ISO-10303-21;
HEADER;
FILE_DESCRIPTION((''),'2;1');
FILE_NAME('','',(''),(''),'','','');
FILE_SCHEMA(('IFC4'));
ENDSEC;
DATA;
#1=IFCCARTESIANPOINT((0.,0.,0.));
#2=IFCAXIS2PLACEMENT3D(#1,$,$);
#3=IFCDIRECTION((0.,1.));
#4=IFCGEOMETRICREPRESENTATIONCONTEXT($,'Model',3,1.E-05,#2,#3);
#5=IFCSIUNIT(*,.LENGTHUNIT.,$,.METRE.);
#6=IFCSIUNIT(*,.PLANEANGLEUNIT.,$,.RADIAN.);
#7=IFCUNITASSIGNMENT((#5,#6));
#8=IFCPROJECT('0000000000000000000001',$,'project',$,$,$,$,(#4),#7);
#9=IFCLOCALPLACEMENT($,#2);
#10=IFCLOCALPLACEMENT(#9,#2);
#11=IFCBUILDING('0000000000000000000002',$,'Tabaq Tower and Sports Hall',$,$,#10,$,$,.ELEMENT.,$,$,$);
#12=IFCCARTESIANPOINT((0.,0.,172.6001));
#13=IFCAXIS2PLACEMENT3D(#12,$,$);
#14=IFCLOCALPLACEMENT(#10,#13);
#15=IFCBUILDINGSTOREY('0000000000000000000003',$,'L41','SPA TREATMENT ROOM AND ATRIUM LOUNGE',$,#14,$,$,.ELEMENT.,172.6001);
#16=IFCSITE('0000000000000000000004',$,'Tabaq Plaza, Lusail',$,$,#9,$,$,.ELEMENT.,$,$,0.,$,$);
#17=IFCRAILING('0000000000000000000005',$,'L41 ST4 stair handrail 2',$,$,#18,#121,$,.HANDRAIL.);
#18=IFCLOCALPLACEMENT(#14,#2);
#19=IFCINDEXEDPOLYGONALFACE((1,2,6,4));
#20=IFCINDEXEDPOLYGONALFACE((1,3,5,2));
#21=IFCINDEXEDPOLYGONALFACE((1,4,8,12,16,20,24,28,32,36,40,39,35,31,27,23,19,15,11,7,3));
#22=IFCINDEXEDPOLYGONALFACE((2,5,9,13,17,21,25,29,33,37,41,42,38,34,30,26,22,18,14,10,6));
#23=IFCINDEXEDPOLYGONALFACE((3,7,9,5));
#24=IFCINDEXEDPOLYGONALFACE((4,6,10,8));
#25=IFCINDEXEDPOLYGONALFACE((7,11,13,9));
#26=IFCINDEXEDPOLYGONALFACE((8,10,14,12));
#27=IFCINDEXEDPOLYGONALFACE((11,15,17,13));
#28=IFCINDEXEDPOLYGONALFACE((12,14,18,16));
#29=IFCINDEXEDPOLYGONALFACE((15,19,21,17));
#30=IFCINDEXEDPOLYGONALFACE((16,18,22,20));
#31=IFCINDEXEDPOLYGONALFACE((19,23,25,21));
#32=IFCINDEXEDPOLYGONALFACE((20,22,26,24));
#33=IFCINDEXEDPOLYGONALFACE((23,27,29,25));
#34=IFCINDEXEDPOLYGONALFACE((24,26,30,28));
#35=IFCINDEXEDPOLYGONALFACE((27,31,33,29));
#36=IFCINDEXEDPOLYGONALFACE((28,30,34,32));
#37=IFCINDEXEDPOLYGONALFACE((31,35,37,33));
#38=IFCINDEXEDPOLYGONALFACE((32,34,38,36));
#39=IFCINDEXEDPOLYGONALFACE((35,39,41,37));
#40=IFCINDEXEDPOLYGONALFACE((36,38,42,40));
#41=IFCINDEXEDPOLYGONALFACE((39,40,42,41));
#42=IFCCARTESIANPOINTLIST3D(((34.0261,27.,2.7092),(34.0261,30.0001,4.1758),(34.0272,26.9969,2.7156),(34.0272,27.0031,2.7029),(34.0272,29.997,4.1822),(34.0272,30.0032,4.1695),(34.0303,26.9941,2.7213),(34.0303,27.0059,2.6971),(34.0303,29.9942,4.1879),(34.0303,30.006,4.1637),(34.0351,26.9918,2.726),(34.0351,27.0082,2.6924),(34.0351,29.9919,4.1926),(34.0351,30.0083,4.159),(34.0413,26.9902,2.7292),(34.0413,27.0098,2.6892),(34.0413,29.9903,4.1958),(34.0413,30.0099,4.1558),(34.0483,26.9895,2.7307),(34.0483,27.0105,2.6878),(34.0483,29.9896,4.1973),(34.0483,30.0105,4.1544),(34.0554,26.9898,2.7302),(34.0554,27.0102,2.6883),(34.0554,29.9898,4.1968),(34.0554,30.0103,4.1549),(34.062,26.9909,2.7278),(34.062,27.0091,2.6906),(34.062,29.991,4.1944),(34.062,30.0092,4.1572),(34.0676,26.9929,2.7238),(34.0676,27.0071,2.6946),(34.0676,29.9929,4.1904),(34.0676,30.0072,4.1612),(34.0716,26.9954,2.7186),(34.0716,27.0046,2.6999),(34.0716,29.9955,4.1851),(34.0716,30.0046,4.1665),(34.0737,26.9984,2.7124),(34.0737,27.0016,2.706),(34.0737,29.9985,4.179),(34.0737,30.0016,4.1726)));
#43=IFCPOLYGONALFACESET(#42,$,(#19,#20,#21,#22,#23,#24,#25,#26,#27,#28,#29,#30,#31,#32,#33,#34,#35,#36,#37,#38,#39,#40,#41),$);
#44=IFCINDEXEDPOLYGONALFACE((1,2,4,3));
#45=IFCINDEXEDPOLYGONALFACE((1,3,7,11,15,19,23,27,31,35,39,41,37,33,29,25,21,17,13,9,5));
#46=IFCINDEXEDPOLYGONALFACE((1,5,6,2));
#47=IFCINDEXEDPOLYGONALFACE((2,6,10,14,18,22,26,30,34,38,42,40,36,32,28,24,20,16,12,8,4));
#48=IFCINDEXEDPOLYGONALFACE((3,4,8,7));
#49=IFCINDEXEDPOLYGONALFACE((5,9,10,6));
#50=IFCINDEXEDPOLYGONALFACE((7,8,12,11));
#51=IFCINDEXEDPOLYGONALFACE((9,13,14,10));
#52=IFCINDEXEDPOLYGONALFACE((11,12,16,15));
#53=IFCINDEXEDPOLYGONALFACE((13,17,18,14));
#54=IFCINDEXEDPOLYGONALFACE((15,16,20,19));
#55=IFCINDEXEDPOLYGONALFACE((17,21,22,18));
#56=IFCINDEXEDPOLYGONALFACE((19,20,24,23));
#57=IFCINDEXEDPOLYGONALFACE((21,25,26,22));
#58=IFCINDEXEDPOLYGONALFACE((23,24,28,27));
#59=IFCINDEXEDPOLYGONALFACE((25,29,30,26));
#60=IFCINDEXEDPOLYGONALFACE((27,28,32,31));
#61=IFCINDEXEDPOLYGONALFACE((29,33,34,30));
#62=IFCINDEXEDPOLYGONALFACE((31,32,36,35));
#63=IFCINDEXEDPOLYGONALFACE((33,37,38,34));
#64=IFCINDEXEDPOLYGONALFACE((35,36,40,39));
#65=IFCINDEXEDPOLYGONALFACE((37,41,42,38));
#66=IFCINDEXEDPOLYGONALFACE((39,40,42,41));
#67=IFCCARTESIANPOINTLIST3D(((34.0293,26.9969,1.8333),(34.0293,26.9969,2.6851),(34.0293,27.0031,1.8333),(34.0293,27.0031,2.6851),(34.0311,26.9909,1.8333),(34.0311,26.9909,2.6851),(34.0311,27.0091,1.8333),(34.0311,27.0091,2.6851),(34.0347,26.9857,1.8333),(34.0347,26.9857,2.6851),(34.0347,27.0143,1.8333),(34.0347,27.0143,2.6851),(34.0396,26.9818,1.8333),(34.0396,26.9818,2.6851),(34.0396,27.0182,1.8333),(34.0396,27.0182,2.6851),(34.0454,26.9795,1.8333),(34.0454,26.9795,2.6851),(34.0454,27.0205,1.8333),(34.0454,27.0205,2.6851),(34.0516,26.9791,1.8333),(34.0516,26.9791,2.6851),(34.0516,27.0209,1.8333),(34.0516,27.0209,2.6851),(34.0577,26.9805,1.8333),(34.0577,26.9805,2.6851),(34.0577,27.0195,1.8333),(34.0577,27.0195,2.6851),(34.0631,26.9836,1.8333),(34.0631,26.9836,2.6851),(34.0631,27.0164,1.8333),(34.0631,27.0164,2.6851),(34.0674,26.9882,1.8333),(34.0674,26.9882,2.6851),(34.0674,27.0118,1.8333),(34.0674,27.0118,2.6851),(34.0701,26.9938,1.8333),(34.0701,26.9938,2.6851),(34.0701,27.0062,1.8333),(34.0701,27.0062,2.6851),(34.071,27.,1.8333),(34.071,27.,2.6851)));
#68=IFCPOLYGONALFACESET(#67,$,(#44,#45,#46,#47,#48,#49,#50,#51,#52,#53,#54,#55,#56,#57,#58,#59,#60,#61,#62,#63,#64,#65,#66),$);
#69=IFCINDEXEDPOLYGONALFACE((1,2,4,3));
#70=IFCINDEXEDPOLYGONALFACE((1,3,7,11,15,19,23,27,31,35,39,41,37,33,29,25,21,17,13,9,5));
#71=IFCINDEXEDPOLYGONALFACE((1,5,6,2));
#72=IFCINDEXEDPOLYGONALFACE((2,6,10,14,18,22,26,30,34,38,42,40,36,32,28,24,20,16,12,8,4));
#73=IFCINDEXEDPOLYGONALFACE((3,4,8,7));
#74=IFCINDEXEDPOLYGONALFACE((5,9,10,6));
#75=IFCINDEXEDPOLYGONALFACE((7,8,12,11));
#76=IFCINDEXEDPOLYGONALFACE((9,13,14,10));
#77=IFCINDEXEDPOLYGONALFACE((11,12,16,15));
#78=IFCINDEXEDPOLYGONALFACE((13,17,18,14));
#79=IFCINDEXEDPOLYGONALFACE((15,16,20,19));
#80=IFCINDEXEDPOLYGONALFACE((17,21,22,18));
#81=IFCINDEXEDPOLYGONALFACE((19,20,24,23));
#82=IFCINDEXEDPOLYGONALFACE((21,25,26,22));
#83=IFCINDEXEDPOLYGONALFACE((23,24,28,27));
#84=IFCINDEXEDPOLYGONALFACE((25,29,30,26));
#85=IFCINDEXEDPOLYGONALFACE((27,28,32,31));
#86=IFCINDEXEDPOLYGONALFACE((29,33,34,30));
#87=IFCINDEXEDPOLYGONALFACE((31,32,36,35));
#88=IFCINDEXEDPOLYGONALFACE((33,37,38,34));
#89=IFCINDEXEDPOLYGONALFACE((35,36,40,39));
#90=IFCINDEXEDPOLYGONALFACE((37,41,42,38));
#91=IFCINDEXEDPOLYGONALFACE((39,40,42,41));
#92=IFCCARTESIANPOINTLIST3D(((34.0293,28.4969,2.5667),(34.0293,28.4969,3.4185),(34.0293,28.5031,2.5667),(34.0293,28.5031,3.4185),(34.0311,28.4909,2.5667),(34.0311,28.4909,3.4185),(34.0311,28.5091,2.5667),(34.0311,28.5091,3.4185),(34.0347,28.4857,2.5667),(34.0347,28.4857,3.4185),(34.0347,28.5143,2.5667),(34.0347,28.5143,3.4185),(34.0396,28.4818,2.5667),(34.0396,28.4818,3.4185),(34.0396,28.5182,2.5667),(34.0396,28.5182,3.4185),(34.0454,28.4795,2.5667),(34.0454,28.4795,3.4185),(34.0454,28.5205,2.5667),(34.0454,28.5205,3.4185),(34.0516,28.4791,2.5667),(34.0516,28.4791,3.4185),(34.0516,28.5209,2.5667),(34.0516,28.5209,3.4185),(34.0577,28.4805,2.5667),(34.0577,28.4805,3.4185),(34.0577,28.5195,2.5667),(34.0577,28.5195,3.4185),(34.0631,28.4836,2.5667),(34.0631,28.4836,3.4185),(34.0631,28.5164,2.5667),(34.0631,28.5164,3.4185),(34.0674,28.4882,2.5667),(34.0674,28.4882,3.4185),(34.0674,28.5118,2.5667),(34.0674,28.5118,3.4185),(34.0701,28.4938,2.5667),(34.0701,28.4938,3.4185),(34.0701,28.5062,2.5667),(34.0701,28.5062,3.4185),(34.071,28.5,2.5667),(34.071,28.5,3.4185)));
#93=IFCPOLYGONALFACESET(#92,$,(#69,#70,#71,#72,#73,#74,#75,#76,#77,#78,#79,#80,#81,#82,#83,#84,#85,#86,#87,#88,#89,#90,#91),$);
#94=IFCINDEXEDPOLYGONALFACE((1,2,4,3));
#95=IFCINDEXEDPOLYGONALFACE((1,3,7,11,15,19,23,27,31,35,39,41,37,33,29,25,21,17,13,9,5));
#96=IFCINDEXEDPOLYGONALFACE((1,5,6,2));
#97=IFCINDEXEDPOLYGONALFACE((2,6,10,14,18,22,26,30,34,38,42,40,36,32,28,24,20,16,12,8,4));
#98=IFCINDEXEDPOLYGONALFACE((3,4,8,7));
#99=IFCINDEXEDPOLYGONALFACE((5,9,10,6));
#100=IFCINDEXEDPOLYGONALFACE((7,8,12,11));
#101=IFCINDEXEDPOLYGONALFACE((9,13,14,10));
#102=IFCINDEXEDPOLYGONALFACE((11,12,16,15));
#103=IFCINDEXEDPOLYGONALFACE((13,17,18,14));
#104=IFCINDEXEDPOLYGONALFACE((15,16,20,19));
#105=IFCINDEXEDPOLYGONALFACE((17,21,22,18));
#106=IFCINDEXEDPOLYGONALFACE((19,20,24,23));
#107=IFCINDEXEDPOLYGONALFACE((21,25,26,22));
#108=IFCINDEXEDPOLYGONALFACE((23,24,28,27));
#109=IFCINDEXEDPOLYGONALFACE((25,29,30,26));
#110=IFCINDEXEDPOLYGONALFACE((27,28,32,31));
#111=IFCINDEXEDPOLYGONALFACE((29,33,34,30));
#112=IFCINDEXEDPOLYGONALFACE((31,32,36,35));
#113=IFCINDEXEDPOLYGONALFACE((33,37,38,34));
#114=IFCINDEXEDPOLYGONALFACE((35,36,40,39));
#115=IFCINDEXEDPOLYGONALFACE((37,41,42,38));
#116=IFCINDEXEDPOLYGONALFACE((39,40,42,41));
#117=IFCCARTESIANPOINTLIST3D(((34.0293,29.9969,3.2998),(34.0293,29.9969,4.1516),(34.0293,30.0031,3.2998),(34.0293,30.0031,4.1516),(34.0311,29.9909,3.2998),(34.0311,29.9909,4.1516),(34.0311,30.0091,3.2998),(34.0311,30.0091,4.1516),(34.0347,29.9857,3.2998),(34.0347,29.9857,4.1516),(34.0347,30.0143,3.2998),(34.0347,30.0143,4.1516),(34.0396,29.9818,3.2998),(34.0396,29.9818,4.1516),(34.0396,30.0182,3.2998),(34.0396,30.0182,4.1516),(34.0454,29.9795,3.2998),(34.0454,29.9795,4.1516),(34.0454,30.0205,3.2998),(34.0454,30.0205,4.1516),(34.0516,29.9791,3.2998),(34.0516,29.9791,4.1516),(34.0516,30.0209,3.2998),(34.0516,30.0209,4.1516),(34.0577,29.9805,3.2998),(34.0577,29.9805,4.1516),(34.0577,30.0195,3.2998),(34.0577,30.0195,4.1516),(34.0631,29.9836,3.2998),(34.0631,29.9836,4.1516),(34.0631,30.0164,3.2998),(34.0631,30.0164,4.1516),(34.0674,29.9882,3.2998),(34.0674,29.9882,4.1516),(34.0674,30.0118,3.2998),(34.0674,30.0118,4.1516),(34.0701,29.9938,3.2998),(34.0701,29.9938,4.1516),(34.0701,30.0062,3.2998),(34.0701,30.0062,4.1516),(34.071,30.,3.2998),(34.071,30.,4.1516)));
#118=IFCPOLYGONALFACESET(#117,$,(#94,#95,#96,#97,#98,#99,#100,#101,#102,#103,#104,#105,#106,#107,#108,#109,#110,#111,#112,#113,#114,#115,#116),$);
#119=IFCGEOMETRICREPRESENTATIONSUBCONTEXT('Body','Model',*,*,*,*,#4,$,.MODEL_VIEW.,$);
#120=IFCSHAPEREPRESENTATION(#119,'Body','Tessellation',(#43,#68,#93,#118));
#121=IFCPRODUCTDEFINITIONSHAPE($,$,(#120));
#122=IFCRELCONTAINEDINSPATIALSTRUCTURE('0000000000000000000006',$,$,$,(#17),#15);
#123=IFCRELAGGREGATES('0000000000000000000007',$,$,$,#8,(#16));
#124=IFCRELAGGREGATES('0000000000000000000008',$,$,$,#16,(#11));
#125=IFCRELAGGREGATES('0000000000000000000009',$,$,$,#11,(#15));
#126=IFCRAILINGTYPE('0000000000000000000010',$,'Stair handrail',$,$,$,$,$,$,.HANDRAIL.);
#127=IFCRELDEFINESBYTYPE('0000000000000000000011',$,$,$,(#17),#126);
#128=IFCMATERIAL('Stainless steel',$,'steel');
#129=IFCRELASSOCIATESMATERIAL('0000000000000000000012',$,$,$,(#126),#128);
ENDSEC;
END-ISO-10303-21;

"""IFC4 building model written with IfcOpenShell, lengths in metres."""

from ifc_helpers import new_model, si_unit, direction, frame, origin, origin_2d, place, context, subcontext, project, spatial, circle, extrude, material, type_object, element, save


model = new_model("IFC4")

# Units and contexts
model_context = context("Model", 3, precision=1e-05, world=origin(), true_north=direction((0.0, 1.0)))
body_context = subcontext(model_context, "Body", "Model", "MODEL_VIEW")
ifc_project = project(units=[si_unit("LENGTHUNIT", "METRE"), si_unit("PLANEANGLEUNIT", "RADIAN")], contexts=[model_context])

# Site, building, storey
site_placement = place(None, origin())
site = spatial("IfcSite", under=ifc_project, at=site_placement, Name="Tabaq Plaza, Lusail", CompositionType="ELEMENT", RefElevation=0.0)
building_placement = place(site_placement, origin())
building = spatial("IfcBuilding", under=site, at=building_placement, Name="Tabaq Tower and Sports Hall", CompositionType="ELEMENT")
storey_placement = place(building_placement, frame((0.0, 0.0, 172.6001)))
storey = spatial("IfcBuildingStorey", under=building, at=storey_placement, Name="L41", Description="SPA TREATMENT ROOM AND ATRIUM LOUNGE", CompositionType="ELEMENT", Elevation=172.6001)

# Railing
ifc_material_1 = material(Name="Stainless steel", Category="steel")
railing_type_1 = type_object("IfcRailingType", Name="Stair handrail", PredefinedType="HANDRAIL", material=ifc_material_1)
railing_1_placement = place(storey_placement, frame((34.05, 27.0, 1.8333)))
element("IfcRailing", 1, at=railing_1_placement, inside=storey, type_object=railing_type_1, Name="L41 ST4 stair handrail 2", PredefinedType="HANDRAIL", context=body_context, shape_type="SweptSolid", body=[
    extrude(circle(Radius=0.0239, at=origin_2d()), frame((0.0, 0.0, 0.876), z_axis=(0.0, 0.898398, 0.439183), x_axis=(-1.0, 0.0, 0.0)), (0.0, 0.0, 1.0), 3.3394),
    extrude(circle(Radius=0.021, at=origin_2d()), origin(), (0.0, 0.0, 1.0), 0.8518),
    extrude(circle(Radius=0.021, at=origin_2d()), frame((0.0, 1.5, 0.7334)), (0.0, 0.0, 1.0), 0.8518),
    extrude(circle(Radius=0.021, at=origin_2d()), frame((0.0, 3.0, 1.4666)), (0.0, 0.0, 1.0), 0.8518),
])

save(model, "model.ifc")
